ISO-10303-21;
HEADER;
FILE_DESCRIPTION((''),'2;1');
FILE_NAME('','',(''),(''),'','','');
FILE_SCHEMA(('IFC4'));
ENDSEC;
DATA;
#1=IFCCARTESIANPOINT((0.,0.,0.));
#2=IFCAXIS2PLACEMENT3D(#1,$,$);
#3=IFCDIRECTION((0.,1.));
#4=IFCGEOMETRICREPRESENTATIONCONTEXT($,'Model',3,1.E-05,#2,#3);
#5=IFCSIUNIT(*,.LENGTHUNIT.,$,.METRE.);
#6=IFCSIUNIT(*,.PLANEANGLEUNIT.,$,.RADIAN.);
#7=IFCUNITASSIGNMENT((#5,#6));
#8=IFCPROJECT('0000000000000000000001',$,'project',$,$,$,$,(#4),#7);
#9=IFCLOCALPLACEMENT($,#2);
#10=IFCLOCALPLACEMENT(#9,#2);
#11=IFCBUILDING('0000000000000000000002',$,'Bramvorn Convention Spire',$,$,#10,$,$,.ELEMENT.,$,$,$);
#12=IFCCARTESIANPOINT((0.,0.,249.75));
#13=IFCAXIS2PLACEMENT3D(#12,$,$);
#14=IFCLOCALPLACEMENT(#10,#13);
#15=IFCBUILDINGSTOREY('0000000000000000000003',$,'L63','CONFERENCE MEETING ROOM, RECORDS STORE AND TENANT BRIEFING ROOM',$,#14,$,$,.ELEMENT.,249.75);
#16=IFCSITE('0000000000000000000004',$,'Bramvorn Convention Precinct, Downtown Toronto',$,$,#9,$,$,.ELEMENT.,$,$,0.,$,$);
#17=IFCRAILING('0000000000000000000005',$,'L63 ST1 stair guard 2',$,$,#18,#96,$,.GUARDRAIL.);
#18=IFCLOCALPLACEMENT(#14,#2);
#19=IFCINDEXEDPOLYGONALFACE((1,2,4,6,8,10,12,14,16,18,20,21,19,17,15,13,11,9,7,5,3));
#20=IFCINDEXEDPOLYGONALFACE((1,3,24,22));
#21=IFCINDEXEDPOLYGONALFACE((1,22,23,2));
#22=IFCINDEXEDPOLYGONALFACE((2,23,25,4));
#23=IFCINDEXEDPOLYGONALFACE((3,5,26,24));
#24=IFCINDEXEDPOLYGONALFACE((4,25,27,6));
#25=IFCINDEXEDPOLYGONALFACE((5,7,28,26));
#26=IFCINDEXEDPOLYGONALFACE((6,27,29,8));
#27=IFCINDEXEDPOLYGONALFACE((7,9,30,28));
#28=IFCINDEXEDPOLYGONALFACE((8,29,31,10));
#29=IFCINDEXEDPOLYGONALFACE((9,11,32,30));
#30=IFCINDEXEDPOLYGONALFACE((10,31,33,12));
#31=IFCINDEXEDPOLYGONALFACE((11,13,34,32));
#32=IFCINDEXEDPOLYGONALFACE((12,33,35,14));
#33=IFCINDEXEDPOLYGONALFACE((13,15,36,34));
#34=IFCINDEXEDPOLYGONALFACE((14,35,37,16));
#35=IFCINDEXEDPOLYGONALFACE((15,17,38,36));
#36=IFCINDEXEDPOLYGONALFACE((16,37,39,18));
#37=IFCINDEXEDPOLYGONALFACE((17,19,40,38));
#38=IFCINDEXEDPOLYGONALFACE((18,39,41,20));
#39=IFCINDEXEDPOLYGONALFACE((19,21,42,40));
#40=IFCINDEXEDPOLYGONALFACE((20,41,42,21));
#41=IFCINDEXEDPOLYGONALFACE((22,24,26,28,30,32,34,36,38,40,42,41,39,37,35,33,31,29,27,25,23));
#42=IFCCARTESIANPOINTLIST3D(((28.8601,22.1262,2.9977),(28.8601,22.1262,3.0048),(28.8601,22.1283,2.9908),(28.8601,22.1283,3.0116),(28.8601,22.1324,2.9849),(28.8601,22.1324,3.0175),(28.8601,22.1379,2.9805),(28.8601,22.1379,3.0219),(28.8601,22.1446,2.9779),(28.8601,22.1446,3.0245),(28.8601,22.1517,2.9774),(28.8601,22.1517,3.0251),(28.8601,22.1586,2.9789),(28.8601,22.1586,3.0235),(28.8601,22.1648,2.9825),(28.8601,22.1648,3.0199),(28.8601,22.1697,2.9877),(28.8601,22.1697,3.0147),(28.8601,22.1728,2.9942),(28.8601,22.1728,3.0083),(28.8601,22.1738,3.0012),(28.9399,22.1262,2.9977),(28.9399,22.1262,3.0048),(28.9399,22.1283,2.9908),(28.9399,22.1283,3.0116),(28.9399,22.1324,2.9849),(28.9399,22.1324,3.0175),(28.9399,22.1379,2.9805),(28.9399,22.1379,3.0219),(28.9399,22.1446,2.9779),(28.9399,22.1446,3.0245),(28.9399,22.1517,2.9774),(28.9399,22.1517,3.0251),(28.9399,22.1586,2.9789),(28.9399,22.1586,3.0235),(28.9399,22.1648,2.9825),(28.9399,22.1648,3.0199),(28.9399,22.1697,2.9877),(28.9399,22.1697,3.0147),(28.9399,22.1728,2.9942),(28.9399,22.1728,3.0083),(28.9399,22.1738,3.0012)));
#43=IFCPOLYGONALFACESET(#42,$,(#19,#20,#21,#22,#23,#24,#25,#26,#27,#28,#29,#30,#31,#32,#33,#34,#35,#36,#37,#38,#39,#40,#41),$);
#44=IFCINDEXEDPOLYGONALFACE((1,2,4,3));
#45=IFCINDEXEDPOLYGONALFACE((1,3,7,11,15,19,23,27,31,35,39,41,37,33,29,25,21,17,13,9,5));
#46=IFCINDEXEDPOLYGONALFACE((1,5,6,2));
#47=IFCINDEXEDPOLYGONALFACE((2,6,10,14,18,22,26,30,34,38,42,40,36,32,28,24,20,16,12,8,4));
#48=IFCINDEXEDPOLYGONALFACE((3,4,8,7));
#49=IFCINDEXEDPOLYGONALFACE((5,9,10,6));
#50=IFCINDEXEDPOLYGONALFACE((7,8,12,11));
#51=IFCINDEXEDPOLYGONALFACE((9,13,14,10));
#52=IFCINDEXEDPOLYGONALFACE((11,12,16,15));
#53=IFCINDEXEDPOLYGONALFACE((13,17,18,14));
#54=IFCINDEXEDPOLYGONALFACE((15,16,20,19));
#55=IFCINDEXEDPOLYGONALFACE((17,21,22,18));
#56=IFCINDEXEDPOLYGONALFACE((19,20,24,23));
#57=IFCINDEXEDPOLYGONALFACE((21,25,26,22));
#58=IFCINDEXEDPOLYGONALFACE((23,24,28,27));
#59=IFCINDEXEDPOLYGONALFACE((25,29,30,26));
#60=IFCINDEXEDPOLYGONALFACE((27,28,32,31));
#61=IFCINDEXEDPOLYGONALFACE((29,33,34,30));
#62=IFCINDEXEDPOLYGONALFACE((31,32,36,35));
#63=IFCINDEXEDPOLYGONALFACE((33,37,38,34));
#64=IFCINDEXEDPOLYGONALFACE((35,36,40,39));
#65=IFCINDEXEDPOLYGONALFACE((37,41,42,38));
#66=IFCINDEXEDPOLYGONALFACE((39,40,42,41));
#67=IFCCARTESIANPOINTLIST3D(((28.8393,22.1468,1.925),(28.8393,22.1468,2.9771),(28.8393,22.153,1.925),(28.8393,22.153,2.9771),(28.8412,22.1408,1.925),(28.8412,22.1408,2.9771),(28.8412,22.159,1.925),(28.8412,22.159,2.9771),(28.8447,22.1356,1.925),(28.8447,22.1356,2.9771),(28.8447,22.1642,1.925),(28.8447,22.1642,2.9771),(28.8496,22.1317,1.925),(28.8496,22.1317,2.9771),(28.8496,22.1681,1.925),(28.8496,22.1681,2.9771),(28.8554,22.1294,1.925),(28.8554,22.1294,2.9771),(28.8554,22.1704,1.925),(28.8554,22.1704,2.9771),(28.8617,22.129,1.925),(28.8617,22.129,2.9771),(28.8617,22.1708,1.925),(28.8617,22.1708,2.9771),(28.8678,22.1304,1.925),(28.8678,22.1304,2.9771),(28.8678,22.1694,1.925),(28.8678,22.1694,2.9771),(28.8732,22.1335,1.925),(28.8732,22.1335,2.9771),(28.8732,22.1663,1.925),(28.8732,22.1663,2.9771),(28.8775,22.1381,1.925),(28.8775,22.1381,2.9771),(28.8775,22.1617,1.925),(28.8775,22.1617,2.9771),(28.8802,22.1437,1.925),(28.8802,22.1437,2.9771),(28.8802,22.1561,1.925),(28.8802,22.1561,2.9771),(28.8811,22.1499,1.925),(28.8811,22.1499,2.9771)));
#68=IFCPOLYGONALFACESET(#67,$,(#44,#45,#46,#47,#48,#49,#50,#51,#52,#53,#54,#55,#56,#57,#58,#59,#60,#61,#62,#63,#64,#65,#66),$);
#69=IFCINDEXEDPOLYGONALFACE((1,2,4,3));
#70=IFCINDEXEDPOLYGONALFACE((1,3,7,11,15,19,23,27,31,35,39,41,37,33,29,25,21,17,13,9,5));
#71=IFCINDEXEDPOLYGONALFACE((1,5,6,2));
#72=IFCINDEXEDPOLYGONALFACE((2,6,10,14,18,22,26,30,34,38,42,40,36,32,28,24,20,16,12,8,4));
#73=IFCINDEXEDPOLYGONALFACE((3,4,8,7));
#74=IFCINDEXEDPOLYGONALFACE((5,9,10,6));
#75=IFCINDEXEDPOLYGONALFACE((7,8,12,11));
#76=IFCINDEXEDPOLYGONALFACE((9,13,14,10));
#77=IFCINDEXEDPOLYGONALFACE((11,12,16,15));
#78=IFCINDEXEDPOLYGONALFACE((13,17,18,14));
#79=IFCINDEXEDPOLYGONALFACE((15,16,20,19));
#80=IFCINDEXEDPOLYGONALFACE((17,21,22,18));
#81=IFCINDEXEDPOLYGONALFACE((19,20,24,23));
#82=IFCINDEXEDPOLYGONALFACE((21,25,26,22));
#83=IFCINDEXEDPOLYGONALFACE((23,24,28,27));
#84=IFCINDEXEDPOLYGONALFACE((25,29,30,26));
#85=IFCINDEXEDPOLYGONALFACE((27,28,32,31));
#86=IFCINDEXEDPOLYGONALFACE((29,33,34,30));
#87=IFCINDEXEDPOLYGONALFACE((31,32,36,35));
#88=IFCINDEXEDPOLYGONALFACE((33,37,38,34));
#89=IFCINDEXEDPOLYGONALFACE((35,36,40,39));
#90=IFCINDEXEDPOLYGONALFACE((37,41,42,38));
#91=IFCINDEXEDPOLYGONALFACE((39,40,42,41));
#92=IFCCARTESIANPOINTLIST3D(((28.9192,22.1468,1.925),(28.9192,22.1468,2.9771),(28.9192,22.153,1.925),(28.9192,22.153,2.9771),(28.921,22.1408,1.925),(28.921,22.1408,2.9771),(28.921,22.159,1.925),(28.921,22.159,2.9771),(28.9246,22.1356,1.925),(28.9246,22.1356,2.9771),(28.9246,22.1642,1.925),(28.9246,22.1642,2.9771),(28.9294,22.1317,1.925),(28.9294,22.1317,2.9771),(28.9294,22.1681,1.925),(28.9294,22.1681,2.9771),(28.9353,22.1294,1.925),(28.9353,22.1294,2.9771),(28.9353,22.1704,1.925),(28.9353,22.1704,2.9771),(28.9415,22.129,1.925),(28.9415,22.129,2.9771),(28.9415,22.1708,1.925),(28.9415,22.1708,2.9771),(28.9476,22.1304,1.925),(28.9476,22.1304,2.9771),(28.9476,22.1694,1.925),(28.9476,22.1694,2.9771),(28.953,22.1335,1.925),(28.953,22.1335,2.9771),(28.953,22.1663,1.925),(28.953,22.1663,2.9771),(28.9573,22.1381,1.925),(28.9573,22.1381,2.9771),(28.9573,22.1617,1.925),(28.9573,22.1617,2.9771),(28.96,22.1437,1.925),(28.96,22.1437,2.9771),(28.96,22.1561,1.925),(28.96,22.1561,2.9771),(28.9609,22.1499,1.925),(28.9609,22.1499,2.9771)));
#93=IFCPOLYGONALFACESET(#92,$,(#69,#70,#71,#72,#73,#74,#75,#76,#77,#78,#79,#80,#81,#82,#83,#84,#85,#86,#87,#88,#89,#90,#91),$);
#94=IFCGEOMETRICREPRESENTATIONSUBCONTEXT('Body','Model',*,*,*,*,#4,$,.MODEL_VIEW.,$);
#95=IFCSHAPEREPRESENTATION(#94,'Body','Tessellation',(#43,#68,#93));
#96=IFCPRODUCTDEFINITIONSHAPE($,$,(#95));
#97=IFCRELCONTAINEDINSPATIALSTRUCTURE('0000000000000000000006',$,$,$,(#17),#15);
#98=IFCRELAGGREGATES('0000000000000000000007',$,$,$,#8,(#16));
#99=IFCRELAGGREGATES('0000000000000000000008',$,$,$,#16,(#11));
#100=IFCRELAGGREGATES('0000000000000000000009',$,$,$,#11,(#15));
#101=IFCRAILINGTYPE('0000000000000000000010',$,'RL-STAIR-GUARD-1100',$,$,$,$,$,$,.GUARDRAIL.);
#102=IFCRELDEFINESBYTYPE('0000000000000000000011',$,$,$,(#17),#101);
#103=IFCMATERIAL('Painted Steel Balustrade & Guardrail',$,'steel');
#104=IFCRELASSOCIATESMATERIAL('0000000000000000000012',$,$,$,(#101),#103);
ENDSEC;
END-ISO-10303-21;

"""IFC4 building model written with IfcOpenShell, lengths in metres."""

from ifc_helpers import new_model, si_unit, direction, frame, origin, origin_2d, place, context, subcontext, project, spatial, circle, extrude, material, type_object, element, save


model = new_model("IFC4")

# Units and contexts
model_context = context("Model", 3, precision=1e-05, world=origin(), true_north=direction((0.0, 1.0)))
body_context = subcontext(model_context, "Body", "Model", "MODEL_VIEW")
ifc_project = project(units=[si_unit("LENGTHUNIT", "METRE"), si_unit("PLANEANGLEUNIT", "RADIAN")], contexts=[model_context])

# Site, building, storey
site_placement = place(None, origin())
site = spatial("IfcSite", under=ifc_project, at=site_placement, Name="Bramvorn Convention Precinct, Downtown Toronto", CompositionType="ELEMENT", RefElevation=0.0)
building_placement = place(site_placement, origin())
building = spatial("IfcBuilding", under=site, at=building_placement, Name="Bramvorn Convention Spire", CompositionType="ELEMENT")
storey_placement = place(building_placement, frame((0.0, 0.0, 249.75)))
storey = spatial("IfcBuildingStorey", under=building, at=storey_placement, Name="L63", Description="CONFERENCE MEETING ROOM, RECORDS STORE AND TENANT BRIEFING ROOM", CompositionType="ELEMENT", Elevation=249.75)

# Railing
ifc_material_1 = material(Name="Painted Steel Balustrade & Guardrail", Category="steel")
railing_type_1 = type_object("IfcRailingType", Name="RL-STAIR-GUARD-1100", PredefinedType="GUARDRAIL", material=ifc_material_1)
railing_1_placement = place(storey_placement, frame((28.8601, 22.1499, 1.925)))
element("IfcRailing", 1, at=railing_1_placement, inside=storey, type_object=railing_type_1, Name="L63 ST1 stair guard 2", PredefinedType="GUARDRAIL", context=body_context, shape_type="SweptSolid", body=[
    extrude(circle(Radius=0.0239, at=origin_2d()), frame((0.0, 0.0, 1.0762), z_axis=(1.0, 0.0, 0.0), x_axis=(0.0, 1.0, 0.0)), (0.0, 0.0, 1.0), 0.0798),
    extrude(circle(Radius=0.021, at=origin_2d()), origin(), (0.0, 0.0, 1.0), 1.052),
    extrude(circle(Radius=0.021, at=origin_2d()), frame((0.0798, 0.0, 0.0)), (0.0, 0.0, 1.0), 1.052),
])

save(model, "model.ifc")
